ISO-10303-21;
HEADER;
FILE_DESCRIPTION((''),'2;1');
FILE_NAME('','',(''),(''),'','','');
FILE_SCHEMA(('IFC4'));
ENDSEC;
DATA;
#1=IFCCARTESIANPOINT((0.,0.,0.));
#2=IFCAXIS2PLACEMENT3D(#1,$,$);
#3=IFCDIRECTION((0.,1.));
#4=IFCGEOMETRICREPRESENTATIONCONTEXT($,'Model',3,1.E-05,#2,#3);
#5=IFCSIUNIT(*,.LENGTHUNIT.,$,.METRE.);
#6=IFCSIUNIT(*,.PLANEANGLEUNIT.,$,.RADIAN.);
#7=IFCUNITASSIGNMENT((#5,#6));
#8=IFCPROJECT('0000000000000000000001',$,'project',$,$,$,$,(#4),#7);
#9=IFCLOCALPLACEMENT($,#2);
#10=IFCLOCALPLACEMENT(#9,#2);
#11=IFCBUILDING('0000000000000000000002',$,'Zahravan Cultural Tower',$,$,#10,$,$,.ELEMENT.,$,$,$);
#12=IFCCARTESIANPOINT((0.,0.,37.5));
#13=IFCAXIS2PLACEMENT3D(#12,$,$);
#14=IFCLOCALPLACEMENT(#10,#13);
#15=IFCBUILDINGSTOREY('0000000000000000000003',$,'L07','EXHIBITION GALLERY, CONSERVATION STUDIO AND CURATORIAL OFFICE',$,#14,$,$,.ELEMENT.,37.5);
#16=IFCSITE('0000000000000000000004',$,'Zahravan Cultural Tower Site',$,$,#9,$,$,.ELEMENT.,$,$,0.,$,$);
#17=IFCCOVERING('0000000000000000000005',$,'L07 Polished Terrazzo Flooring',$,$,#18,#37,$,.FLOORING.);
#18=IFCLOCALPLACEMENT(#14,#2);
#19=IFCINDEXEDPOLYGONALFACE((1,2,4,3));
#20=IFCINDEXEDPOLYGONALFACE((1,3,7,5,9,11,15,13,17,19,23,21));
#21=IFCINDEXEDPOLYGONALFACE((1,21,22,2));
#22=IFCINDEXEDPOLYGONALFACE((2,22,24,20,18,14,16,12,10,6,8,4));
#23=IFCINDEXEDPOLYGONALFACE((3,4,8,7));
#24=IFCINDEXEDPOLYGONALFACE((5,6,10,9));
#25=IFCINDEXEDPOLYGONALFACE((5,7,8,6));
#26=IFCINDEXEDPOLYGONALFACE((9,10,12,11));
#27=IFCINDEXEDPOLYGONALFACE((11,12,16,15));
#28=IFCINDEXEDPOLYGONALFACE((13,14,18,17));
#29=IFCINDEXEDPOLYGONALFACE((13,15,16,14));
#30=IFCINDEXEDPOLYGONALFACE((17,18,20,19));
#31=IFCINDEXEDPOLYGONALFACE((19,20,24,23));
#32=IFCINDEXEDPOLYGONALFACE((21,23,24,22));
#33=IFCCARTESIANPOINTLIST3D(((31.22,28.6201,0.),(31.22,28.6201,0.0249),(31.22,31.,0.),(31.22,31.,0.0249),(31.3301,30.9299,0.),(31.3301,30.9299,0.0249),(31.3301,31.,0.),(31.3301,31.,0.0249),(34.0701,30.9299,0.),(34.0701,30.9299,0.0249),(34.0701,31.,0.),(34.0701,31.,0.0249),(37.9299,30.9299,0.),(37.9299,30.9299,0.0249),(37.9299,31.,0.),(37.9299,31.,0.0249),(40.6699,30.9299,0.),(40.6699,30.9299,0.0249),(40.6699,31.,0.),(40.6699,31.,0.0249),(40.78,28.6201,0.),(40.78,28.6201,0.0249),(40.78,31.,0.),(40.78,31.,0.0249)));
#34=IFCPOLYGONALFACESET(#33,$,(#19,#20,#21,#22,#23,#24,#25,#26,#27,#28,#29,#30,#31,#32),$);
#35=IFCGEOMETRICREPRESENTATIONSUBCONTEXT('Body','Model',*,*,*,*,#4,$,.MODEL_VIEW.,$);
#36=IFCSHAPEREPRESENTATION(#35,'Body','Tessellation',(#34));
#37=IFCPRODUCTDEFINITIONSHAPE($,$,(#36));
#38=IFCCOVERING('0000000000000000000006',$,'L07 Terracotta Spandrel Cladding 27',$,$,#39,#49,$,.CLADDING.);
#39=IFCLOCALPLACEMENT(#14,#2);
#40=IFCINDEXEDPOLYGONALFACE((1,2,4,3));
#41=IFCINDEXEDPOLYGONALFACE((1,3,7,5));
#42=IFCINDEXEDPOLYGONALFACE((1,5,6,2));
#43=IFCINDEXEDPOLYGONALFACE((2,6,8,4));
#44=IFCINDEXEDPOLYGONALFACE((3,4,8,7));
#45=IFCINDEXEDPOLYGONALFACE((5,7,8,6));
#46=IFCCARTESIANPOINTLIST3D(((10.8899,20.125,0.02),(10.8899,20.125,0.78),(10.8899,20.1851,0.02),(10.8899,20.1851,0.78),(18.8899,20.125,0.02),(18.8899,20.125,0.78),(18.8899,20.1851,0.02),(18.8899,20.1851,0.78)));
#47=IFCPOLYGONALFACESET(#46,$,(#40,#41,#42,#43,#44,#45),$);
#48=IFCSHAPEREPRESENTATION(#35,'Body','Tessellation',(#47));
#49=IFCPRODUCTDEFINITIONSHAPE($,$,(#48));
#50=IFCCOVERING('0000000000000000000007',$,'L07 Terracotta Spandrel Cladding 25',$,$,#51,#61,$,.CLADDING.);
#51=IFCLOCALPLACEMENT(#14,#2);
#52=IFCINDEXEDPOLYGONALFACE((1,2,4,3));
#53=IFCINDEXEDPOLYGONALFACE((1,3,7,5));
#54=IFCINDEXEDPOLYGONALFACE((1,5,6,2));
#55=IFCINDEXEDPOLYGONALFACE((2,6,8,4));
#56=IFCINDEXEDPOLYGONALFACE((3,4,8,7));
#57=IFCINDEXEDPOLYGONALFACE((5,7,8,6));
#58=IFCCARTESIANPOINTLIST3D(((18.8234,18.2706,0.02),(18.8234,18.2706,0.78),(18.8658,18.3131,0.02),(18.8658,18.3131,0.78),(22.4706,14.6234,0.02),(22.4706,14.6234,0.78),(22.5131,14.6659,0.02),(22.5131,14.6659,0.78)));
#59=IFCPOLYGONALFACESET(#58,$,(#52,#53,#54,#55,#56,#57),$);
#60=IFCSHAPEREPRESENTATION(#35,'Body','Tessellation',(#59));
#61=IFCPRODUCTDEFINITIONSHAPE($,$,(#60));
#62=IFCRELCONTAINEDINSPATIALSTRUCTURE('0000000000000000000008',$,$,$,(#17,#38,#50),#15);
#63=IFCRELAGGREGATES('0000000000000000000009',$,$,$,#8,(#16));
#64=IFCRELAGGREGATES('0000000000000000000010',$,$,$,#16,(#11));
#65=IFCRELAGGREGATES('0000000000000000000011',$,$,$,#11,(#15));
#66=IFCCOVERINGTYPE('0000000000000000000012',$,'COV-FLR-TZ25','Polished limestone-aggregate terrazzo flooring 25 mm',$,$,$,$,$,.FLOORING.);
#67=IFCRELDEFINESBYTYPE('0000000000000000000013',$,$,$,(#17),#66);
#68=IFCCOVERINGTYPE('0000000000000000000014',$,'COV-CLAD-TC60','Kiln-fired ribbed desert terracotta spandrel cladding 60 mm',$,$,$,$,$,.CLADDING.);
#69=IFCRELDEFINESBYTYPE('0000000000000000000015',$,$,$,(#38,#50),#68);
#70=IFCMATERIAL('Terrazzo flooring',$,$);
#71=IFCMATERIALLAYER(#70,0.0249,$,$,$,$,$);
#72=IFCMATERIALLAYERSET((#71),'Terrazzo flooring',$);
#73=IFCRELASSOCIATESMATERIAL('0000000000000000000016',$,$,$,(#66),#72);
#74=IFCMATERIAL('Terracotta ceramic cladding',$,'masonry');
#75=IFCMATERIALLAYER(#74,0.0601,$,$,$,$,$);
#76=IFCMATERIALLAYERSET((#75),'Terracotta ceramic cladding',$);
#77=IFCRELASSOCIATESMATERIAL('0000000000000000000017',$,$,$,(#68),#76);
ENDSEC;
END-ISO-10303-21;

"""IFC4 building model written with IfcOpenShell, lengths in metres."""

from ifc_helpers import new_model, si_unit, direction, frame, origin, origin_2d, place, context, subcontext, project, spatial, polyline, rectangle, outline, extrude, source, transform, mapped, material, layer, layer_set, type_object, element, save


model = new_model("IFC4")

# Units and contexts
model_context = context("Model", 3, precision=1e-05, world=origin(), true_north=direction((0.0, 1.0)))
body_context = subcontext(model_context, "Body", "Model", "MODEL_VIEW")
ifc_project = project(units=[si_unit("LENGTHUNIT", "METRE"), si_unit("PLANEANGLEUNIT", "RADIAN")], contexts=[model_context])

# Site, building, storey
site_placement = place(None, origin())
site = spatial("IfcSite", under=ifc_project, at=site_placement, Name="Zahravan Cultural Tower Site", CompositionType="ELEMENT", RefElevation=0.0)
building_placement = place(site_placement, origin())
building = spatial("IfcBuilding", under=site, at=building_placement, Name="Zahravan Cultural Tower", CompositionType="ELEMENT")
storey_placement = place(building_placement, frame((0.0, 0.0, 37.5)))
storey = spatial("IfcBuildingStorey", under=building, at=storey_placement, Name="L07", Description="EXHIBITION GALLERY, CONSERVATION STUDIO AND CURATORIAL OFFICE", CompositionType="ELEMENT", Elevation=37.5)

# Coverings
ifc_material_1 = material(Name="Terrazzo flooring")
ifc_layer_1 = layer(ifc_material_1, 0.0249)
ifc_layer_set_1 = layer_set([ifc_layer_1], Name="Terrazzo flooring")
covering_type_1 = type_object("IfcCoveringType", Name="COV-FLR-TZ25", Description="Polished limestone-aggregate terrazzo flooring 25 mm", PredefinedType="FLOORING", material=ifc_layer_set_1)
covering_1_placement = place(storey_placement, origin())
element("IfcCovering", 1, at=covering_1_placement, inside=storey, type_object=covering_type_1, Name="L07 Polished Terrazzo Flooring", PredefinedType="FLOORING", context=body_context, shape_type="SweptSolid", body=[
    extrude(outline(polyline([(31.22, 31.0), (31.22, 28.6201), (40.78, 28.6201), (40.78, 31.0), (40.6699, 31.0), (40.6699, 30.9299), (37.9299, 30.9299), (37.9299, 31.0), (34.0701, 31.0), (34.0701, 30.9299), (31.3301, 30.9299), (31.3301, 31.0), (31.22, 31.0)])), origin(), (0.0, 0.0, 1.0), 0.0249),
])
ifc_material_2 = material(Name="Terracotta ceramic cladding", Category="masonry")
ifc_layer_2 = layer(ifc_material_2, 0.0601)
ifc_layer_set_2 = layer_set([ifc_layer_2], Name="Terracotta ceramic cladding")
covering_type_2 = type_object("IfcCoveringType", Name="COV-CLAD-TC60", Description="Kiln-fired ribbed desert terracotta spandrel cladding 60 mm", PredefinedType="CLADDING", material=ifc_layer_set_2)
shared_shape_1 = source(origin(), body_context, "Body", "SweptSolid", [
    extrude(rectangle(XDim=8.0, YDim=0.0601, at=origin_2d()), origin(), (0.0, 0.0, 1.0), 0.76),
])
covering_2_placement = place(storey_placement, frame((14.8899, 20.155, 0.02), z_axis=(0.0, 0.0, 1.0), x_axis=(-1.0, 0.0, 0.0)))
element("IfcCovering", 2, at=covering_2_placement, inside=storey, type_object=covering_type_2, Name="L07 Terracotta Spandrel Cladding 27", PredefinedType="CLADDING", context=body_context, shape_type="MappedRepresentation", body=[
    mapped(shared_shape_1, transform((0.0, 0.0, 0.0), x_axis=(1.0, 0.0, 0.0), y_axis=(0.0, 1.0, 0.0), z_axis=(0.0, 0.0, 1.0), scale=1.0)),
])
shared_shape_2 = source(origin(), body_context, "Body", "SweptSolid", [
    extrude(rectangle(XDim=5.158, YDim=0.0601, at=origin_2d()), origin(), (0.0, 0.0, 1.0), 0.76),
])
covering_3_placement = place(storey_placement, frame((20.6682, 16.4683, 0.02), z_axis=(0.0, 0.0, 1.0), x_axis=(-0.707107, 0.707107, 0.0)))
element("IfcCovering", 3, at=covering_3_placement, inside=storey, type_object=covering_type_2, Name="L07 Terracotta Spandrel Cladding 25", PredefinedType="CLADDING", context=body_context, shape_type="MappedRepresentation", body=[
    mapped(shared_shape_2, transform((0.0, 0.0, 0.0), x_axis=(1.0, 0.0, 0.0), y_axis=(0.0, 1.0, 0.0), z_axis=(0.0, 0.0, 1.0), scale=1.0)),
])

save(model, "model.ifc")
